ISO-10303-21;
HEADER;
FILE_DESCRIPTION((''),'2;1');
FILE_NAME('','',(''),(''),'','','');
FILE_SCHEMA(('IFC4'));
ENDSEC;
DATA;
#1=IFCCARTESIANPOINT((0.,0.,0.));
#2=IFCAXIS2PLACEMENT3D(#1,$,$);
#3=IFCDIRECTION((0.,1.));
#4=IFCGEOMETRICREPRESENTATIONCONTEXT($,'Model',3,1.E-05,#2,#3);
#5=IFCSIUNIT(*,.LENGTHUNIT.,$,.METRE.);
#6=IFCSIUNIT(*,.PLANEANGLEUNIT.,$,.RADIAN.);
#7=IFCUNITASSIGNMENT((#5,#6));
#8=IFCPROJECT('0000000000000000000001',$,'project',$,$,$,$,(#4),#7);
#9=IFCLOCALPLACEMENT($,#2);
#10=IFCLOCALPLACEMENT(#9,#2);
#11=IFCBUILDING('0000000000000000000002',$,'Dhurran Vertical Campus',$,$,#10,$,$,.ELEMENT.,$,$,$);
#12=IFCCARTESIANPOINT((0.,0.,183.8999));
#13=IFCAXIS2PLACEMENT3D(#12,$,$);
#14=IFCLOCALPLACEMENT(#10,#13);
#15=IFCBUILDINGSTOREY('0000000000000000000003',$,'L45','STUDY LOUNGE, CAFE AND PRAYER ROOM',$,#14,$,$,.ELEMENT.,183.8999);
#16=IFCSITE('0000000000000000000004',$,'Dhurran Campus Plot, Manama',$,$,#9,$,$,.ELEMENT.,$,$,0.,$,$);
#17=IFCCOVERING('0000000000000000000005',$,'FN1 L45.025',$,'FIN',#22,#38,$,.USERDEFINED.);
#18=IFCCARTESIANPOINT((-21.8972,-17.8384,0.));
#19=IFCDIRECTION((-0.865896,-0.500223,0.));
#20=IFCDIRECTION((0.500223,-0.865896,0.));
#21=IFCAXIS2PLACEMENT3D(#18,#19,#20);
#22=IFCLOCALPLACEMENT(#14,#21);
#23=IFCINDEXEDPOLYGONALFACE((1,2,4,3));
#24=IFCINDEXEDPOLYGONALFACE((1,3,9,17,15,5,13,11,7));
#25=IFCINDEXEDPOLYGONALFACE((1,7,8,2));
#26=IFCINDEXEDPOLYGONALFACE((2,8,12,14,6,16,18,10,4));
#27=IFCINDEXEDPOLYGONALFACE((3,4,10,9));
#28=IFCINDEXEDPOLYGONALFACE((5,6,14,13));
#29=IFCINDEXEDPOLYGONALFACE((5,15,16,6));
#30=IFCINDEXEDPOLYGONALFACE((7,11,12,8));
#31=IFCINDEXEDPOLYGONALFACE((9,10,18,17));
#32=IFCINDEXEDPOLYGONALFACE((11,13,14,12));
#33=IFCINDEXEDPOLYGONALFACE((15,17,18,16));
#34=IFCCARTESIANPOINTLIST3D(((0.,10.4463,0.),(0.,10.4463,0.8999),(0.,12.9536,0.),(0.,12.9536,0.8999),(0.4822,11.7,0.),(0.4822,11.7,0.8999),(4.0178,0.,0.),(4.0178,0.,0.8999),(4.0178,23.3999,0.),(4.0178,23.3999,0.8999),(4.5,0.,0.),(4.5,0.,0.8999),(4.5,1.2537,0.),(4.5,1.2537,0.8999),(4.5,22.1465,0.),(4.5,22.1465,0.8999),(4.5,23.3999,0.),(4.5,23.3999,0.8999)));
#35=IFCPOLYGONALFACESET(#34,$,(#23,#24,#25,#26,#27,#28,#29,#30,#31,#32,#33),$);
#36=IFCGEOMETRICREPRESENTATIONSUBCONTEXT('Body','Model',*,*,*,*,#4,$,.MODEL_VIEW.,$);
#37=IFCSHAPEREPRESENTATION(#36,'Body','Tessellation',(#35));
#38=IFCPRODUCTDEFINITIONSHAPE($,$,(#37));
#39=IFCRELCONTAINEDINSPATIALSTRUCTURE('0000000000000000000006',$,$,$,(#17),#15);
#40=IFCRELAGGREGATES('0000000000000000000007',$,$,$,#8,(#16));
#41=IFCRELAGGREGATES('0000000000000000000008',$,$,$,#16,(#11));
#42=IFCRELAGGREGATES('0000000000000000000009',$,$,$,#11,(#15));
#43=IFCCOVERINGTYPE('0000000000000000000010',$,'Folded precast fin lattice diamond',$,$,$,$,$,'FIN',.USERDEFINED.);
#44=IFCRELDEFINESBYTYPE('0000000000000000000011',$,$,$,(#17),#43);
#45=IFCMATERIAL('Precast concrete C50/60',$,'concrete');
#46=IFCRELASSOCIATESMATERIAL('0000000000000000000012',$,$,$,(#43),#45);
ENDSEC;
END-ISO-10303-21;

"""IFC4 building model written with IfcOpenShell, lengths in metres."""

from ifc_helpers import new_model, si_unit, direction, frame, origin, place, context, subcontext, project, spatial, polyline, outline, extrude, material, type_object, element, save


model = new_model("IFC4")

# Units and contexts
model_context = context("Model", 3, precision=1e-05, world=origin(), true_north=direction((0.0, 1.0)))
body_context = subcontext(model_context, "Body", "Model", "MODEL_VIEW")
ifc_project = project(units=[si_unit("LENGTHUNIT", "METRE"), si_unit("PLANEANGLEUNIT", "RADIAN")], contexts=[model_context])

# Site, building, storey
site_placement = place(None, origin())
site = spatial("IfcSite", under=ifc_project, at=site_placement, Name="Dhurran Campus Plot, Manama", CompositionType="ELEMENT", RefElevation=0.0)
building_placement = place(site_placement, origin())
building = spatial("IfcBuilding", under=site, at=building_placement, Name="Dhurran Vertical Campus", CompositionType="ELEMENT")
storey_placement = place(building_placement, frame((0.0, 0.0, 183.8999)))
storey = spatial("IfcBuildingStorey", under=building, at=storey_placement, Name="L45", Description="STUDY LOUNGE, CAFE AND PRAYER ROOM", CompositionType="ELEMENT", Elevation=183.8999)

# Covering
ifc_material_1 = material(Name="Precast concrete C50/60", Category="concrete")
covering_type = type_object("IfcCoveringType", Name="Folded precast fin lattice diamond", ElementType="FIN", PredefinedType="USERDEFINED", material=ifc_material_1)
covering_1_placement = place(storey_placement, frame((-21.8972, -17.8384, 0.0), z_axis=(-0.865896, -0.500223, 0.0), x_axis=(0.500223, -0.865896, 0.0)))
element("IfcCovering", 1, at=covering_1_placement, inside=storey, type_object=covering_type, Name="FN1 L45.025", ObjectType="FIN", PredefinedType="USERDEFINED", context=body_context, shape_type="SweptSolid", body=[
    extrude(outline(polyline([(4.0178, 0.0), (0.0, 10.4463), (0.0, 12.9536), (4.0178, 23.3999), (4.5, 23.3999), (4.5, 22.1465), (0.4822, 11.7), (4.5, 1.2537), (4.5, 0.0), (4.0178, 0.0)])), origin(), (0.0, 0.0, 1.0), 0.8999),
])

save(model, "model.ifc")
